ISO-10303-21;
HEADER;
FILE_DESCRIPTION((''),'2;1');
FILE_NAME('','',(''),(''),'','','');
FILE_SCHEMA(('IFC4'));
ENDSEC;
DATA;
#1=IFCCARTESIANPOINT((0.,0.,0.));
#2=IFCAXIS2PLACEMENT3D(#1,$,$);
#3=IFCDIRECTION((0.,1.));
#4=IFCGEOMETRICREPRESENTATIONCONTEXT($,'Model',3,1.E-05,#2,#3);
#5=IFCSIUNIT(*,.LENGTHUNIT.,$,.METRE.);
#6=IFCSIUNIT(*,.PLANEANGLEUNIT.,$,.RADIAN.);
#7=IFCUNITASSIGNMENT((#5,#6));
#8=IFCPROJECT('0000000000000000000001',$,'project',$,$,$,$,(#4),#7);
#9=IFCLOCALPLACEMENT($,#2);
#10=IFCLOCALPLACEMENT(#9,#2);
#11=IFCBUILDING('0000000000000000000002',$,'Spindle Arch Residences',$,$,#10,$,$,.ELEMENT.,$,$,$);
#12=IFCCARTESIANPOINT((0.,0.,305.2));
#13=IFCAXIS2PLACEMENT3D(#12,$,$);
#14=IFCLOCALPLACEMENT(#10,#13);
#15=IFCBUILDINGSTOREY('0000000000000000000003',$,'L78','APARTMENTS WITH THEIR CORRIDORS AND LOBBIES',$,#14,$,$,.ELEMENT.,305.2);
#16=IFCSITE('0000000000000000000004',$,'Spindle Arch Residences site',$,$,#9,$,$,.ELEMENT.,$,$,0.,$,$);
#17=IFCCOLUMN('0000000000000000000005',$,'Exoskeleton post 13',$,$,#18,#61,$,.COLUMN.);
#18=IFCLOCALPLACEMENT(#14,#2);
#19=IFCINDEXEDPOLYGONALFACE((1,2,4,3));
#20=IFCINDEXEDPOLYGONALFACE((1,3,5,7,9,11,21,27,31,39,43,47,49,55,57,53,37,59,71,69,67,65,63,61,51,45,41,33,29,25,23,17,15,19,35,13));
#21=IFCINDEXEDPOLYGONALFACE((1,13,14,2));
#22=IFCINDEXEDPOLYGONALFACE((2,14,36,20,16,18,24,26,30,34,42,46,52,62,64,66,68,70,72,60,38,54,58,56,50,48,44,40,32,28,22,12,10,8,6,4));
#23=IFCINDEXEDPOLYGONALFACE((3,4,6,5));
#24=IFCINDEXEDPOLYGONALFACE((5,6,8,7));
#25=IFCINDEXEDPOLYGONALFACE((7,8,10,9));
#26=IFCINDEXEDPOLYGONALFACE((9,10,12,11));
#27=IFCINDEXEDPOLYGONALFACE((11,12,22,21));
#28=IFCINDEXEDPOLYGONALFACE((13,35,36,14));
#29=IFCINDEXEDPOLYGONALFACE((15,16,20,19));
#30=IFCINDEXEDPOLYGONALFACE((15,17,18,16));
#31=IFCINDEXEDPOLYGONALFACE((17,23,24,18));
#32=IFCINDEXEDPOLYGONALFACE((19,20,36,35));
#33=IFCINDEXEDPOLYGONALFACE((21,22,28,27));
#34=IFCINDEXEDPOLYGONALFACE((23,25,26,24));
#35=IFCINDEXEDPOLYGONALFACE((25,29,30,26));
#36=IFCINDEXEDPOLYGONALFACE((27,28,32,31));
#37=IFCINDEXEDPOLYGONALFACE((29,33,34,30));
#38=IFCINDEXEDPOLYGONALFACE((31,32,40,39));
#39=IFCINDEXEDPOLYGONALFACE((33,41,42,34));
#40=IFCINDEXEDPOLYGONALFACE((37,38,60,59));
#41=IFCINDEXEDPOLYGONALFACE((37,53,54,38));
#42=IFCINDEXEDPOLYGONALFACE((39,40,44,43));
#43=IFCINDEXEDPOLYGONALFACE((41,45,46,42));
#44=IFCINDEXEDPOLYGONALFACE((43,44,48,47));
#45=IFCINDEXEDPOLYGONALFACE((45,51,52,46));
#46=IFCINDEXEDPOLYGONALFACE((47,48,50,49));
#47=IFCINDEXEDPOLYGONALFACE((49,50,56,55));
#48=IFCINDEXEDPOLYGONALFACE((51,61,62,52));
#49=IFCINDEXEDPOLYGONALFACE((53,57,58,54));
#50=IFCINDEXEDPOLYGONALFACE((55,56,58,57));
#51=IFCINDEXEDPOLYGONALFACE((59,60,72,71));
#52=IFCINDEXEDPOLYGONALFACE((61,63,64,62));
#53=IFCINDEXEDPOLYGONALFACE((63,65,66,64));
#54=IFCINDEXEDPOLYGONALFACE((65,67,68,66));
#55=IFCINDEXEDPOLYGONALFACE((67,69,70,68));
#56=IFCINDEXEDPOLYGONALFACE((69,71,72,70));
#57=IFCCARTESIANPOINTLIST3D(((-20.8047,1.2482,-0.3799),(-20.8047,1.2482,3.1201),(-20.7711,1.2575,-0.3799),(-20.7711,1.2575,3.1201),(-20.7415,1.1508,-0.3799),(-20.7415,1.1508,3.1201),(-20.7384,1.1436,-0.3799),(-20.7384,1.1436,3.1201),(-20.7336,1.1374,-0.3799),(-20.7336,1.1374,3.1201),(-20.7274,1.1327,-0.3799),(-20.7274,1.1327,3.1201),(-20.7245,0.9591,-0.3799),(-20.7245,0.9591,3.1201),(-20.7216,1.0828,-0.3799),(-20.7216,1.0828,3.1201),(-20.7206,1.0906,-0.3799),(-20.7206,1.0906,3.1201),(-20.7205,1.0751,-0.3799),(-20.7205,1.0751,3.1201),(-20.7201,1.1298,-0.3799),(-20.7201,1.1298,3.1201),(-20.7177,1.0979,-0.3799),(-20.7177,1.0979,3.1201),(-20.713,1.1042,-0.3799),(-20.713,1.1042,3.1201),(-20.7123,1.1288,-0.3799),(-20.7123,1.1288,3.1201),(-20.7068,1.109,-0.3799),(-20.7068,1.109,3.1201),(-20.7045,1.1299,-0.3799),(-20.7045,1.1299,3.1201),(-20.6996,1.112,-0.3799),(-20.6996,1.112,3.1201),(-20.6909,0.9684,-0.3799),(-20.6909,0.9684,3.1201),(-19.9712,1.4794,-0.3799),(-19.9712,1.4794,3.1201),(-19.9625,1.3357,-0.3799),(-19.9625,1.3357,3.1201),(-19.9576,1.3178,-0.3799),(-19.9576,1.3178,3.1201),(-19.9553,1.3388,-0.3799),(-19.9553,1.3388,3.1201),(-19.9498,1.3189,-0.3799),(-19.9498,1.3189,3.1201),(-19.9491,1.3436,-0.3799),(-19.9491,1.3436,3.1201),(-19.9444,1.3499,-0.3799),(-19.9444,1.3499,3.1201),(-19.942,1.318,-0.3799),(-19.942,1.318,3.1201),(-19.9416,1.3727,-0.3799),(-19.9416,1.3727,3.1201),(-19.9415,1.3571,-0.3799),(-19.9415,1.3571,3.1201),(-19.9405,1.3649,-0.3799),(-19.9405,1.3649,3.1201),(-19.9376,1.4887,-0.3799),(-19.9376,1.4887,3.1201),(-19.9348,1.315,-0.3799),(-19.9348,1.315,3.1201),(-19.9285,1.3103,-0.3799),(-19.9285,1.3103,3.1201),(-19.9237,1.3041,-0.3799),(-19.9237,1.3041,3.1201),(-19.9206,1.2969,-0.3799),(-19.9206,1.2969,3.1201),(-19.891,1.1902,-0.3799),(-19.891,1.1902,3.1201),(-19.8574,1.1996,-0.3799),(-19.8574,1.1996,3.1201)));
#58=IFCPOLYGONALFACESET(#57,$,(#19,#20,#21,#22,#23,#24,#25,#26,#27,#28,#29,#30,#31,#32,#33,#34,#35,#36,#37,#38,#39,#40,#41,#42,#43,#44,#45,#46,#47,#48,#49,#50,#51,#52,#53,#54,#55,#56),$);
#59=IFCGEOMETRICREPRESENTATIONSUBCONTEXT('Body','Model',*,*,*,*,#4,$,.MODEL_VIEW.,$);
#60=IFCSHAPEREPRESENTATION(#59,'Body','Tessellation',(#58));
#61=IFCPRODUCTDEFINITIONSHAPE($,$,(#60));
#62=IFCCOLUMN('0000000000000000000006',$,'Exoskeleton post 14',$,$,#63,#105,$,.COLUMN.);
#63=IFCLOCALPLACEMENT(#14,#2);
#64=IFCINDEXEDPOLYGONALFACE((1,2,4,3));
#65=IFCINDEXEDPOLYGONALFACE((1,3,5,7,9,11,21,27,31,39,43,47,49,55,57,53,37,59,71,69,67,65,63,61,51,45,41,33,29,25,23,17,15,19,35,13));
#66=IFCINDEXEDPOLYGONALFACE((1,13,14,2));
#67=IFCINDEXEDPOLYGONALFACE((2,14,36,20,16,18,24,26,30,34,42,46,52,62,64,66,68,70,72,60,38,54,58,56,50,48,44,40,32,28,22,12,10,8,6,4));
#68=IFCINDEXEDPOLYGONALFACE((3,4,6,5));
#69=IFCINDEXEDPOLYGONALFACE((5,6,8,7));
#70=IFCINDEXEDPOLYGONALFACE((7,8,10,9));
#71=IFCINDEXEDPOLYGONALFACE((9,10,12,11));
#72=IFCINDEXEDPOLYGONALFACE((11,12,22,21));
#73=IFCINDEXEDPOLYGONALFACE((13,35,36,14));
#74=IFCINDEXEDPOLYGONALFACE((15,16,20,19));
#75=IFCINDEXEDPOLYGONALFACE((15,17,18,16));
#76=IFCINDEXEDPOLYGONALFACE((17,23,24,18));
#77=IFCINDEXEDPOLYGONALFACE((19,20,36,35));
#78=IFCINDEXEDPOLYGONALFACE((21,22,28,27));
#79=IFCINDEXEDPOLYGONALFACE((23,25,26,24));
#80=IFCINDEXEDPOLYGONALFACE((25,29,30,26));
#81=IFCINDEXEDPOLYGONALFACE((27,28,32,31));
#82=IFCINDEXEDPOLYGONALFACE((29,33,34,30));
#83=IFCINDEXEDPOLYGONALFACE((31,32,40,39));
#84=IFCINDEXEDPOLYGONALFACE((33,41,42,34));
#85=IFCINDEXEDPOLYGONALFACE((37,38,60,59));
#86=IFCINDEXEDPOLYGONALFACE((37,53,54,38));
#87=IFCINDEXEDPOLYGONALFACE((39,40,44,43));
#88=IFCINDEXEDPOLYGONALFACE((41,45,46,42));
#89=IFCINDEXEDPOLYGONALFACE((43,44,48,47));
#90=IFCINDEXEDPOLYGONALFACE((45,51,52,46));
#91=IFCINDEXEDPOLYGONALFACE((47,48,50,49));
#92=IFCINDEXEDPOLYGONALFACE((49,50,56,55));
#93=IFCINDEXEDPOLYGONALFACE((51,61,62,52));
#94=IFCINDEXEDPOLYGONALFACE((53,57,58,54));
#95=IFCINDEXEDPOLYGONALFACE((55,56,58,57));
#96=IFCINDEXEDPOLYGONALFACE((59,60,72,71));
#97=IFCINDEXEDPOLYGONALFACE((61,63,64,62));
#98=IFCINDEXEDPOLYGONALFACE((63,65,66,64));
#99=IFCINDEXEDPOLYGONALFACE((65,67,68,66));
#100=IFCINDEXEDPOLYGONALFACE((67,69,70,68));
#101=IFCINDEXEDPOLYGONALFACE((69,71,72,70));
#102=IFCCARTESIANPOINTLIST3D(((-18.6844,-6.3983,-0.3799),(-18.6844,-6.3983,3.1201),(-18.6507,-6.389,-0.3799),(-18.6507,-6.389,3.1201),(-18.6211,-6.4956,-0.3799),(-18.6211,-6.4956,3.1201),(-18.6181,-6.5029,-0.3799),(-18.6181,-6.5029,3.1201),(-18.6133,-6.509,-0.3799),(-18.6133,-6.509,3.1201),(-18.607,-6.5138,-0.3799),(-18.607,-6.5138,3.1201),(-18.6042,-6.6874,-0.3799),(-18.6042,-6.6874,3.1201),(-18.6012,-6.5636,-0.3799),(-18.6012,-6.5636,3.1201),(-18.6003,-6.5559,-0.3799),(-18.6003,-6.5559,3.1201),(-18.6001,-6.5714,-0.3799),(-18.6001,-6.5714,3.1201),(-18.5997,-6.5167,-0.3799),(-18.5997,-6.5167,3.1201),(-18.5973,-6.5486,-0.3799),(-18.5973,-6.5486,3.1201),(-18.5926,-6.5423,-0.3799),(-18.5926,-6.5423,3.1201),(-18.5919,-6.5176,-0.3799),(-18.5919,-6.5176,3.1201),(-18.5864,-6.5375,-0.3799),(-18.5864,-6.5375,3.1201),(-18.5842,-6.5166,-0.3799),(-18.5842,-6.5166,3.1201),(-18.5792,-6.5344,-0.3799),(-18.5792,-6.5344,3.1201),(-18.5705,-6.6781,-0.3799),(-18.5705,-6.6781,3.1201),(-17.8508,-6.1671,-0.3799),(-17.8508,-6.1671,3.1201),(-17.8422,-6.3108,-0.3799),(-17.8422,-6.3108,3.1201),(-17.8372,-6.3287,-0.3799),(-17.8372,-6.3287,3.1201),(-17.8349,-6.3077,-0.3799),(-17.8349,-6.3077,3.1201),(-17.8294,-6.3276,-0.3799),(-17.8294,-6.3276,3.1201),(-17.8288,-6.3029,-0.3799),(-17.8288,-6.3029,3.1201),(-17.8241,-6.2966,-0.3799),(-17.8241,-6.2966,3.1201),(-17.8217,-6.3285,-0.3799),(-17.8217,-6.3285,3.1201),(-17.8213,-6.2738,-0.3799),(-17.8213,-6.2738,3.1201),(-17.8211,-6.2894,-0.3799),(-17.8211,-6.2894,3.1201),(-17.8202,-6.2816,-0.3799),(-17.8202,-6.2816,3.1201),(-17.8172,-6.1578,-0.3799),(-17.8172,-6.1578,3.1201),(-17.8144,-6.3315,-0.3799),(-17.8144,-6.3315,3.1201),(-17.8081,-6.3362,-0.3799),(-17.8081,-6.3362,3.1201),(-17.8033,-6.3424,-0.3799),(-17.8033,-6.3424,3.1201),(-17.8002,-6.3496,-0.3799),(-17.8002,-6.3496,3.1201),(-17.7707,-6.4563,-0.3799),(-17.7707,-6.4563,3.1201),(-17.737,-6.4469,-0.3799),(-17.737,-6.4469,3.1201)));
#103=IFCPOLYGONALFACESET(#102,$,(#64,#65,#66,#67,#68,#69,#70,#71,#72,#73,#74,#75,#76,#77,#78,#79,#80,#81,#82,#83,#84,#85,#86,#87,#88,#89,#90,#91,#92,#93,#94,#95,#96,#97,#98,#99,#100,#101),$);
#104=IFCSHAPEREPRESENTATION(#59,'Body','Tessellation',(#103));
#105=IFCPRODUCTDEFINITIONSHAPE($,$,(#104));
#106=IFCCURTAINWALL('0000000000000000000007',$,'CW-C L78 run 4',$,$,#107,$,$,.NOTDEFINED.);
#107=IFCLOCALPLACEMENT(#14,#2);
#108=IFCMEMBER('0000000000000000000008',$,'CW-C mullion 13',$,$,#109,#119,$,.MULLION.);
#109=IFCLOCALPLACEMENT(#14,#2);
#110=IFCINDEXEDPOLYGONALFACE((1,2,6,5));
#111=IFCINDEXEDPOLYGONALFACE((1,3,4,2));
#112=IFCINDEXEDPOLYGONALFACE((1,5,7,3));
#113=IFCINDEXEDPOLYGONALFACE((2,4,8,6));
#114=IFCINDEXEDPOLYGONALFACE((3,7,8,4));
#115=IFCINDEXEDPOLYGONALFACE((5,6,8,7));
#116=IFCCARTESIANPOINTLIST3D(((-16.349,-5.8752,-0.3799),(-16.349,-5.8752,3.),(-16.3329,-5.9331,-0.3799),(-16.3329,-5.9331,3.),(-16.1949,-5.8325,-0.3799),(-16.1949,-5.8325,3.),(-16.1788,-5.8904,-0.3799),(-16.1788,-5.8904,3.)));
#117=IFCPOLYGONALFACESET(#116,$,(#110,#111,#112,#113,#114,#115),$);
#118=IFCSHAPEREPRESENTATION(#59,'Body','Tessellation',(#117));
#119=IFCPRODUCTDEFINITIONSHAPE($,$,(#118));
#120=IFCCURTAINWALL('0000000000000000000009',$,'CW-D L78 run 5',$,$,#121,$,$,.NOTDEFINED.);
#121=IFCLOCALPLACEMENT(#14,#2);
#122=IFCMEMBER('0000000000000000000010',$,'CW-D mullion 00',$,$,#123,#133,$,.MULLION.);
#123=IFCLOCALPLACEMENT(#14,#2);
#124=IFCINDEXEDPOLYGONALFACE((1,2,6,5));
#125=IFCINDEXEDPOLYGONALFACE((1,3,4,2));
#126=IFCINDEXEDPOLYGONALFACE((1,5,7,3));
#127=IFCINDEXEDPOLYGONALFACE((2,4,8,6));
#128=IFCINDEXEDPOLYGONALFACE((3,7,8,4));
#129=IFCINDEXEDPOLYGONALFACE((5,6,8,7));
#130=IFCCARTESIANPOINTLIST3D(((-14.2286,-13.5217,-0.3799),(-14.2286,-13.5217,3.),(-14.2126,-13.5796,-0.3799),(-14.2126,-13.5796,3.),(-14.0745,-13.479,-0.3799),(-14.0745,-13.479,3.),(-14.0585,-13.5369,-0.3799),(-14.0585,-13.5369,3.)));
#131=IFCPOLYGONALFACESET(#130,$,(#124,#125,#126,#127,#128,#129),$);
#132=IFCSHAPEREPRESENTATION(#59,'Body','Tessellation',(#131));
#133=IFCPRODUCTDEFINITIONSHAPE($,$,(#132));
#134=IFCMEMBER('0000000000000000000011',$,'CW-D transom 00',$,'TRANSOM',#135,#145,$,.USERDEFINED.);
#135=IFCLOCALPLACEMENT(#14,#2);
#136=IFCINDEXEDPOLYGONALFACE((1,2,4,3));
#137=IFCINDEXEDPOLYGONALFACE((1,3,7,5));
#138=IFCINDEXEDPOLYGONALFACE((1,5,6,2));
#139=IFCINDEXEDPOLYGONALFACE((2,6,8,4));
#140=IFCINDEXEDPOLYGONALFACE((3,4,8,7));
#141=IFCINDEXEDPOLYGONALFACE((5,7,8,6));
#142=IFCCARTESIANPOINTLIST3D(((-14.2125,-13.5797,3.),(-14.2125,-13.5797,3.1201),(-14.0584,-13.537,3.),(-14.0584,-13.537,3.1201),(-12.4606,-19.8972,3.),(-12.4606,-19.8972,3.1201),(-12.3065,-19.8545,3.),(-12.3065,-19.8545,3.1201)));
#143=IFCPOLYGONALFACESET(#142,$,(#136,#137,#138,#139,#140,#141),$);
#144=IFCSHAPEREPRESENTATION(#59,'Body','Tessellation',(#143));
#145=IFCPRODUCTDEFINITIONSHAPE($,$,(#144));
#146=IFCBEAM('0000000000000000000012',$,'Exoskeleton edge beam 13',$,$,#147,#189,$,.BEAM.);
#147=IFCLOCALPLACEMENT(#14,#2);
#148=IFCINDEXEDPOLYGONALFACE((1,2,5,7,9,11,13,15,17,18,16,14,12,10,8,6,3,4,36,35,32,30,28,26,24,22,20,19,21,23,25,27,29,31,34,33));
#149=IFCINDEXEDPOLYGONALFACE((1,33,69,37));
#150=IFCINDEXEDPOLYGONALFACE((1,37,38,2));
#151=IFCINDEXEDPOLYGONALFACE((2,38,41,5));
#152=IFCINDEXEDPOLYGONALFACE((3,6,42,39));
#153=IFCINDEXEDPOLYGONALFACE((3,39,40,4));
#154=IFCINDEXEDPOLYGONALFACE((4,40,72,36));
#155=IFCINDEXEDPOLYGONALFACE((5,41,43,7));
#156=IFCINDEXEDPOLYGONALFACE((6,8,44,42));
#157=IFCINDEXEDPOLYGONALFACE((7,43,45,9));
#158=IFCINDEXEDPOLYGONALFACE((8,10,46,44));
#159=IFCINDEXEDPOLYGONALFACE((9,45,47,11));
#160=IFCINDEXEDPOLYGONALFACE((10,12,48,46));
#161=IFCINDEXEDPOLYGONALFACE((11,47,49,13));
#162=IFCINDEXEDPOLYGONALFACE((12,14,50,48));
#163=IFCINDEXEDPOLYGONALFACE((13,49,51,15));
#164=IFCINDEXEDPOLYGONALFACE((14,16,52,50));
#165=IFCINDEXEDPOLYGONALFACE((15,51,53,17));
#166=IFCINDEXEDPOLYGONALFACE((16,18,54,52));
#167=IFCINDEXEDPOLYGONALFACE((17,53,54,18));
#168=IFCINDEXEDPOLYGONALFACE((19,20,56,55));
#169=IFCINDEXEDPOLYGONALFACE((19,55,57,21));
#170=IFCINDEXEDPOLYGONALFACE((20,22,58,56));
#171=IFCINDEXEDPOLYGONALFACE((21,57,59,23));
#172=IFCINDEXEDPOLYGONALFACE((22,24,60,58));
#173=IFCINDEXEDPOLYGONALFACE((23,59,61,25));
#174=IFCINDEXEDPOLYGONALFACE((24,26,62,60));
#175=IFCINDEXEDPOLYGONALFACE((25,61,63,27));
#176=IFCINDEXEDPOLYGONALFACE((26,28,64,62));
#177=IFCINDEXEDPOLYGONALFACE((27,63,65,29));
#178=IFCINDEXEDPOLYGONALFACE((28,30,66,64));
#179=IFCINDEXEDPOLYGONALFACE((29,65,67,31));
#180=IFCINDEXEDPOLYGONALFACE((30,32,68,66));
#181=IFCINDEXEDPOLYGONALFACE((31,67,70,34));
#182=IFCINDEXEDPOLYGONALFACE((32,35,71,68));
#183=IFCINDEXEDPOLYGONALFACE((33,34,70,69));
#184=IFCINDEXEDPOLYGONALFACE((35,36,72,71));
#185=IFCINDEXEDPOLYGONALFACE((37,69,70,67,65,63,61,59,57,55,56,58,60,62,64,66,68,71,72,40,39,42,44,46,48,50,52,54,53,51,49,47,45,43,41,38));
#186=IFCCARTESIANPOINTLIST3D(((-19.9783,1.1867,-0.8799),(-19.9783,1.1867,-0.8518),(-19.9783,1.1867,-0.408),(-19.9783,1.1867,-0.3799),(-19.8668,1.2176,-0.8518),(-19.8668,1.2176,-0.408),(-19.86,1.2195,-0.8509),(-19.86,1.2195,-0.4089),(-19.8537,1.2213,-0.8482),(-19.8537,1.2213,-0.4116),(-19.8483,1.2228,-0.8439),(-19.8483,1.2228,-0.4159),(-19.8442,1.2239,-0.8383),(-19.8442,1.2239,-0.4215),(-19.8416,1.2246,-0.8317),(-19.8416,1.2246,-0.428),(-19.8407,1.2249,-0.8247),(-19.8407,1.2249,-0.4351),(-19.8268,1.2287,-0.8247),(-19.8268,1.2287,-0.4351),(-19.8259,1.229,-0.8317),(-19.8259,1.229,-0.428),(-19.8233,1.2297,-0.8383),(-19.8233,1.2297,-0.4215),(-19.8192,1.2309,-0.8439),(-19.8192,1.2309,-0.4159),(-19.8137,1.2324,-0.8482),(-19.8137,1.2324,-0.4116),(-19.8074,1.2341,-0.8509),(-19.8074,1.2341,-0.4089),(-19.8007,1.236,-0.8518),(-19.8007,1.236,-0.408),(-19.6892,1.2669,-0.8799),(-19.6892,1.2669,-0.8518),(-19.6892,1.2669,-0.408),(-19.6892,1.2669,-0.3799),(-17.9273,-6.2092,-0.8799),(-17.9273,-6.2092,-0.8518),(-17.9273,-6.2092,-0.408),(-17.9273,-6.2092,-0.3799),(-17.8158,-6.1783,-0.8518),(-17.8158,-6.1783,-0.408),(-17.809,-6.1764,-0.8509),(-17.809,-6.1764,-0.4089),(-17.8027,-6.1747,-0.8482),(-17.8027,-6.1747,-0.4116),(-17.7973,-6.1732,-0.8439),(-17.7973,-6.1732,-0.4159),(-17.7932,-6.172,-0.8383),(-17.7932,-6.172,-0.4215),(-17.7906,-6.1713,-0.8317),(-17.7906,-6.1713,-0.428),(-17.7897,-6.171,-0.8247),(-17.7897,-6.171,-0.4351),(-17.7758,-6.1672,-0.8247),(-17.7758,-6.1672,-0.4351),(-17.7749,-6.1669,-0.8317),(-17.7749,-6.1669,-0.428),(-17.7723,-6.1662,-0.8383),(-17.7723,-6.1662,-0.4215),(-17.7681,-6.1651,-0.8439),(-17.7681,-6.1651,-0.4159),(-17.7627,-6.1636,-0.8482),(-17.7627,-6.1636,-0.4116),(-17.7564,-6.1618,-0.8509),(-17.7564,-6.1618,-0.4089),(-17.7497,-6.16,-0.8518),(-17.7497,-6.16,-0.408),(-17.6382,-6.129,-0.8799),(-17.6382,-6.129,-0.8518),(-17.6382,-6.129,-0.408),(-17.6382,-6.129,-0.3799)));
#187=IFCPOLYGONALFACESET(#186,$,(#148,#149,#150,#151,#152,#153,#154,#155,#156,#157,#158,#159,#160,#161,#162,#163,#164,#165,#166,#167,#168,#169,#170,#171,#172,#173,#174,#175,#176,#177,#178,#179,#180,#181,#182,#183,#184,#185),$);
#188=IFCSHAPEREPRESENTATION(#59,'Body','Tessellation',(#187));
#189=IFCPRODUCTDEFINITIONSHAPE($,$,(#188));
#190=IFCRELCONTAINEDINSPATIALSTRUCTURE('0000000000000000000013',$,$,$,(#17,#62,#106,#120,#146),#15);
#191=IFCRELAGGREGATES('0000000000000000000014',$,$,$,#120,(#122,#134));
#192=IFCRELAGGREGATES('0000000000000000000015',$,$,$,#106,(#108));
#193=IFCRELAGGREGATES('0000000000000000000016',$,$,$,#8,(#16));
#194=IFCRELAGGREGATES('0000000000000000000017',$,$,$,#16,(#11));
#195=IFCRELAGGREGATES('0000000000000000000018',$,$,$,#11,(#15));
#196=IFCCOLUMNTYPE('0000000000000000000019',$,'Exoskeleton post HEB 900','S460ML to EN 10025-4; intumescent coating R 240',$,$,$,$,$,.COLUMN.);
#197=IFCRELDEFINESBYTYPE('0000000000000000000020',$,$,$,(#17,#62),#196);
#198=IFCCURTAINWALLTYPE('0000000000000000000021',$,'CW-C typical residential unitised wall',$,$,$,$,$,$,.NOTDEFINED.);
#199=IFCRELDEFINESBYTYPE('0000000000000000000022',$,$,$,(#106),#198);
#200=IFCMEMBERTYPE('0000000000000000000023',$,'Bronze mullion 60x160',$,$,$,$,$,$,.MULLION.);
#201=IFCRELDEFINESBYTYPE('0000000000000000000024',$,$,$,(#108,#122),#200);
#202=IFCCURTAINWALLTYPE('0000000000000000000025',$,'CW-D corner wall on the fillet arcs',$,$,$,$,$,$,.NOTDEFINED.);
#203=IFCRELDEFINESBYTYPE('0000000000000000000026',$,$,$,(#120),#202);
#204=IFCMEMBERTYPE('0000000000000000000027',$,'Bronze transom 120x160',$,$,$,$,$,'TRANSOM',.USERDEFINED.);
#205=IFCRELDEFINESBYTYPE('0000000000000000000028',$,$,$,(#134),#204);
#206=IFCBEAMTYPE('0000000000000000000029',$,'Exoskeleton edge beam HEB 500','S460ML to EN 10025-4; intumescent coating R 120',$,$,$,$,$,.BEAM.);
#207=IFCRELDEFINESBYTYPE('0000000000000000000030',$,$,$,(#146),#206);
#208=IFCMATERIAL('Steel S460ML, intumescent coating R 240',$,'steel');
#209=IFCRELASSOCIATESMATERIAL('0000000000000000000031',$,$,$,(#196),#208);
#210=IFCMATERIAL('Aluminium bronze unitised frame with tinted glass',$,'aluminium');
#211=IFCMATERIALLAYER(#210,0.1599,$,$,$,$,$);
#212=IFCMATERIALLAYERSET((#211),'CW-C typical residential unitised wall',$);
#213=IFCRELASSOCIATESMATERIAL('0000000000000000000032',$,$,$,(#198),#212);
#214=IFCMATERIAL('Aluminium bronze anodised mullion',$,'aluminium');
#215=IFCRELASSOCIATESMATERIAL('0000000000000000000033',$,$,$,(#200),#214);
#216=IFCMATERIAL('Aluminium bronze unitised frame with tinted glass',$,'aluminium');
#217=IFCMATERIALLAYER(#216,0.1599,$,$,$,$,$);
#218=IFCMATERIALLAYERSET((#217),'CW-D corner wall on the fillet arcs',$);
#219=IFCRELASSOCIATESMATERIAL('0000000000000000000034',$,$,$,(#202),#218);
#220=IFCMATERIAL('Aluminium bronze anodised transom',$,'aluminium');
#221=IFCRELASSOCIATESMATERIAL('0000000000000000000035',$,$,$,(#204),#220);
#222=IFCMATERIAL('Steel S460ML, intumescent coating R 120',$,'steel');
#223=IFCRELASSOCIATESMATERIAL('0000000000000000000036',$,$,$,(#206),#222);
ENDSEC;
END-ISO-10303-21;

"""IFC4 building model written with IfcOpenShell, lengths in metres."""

from ifc_helpers import new_model, si_unit, direction, frame, origin, origin_2d, place, context, subcontext, project, spatial, rectangle, i_section, extrude, material, layer, layer_set, material_profile, profile_set, type_object, element, aggregate, save


model = new_model("IFC4")

# Units and contexts
model_context = context("Model", 3, precision=1e-05, world=origin(), true_north=direction((0.0, 1.0)))
body_context = subcontext(model_context, "Body", "Model", "MODEL_VIEW")
ifc_project = project(units=[si_unit("LENGTHUNIT", "METRE"), si_unit("PLANEANGLEUNIT", "RADIAN")], contexts=[model_context])

# Site, building, storey
site_placement = place(None, origin())
site = spatial("IfcSite", under=ifc_project, at=site_placement, Name="Spindle Arch Residences site", CompositionType="ELEMENT", RefElevation=0.0)
building_placement = place(site_placement, origin())
building = spatial("IfcBuilding", under=site, at=building_placement, Name="Spindle Arch Residences", CompositionType="ELEMENT")
storey_placement = place(building_placement, frame((0.0, 0.0, 305.2)))
storey = spatial("IfcBuildingStorey", under=building, at=storey_placement, Name="L78", Description="APARTMENTS WITH THEIR CORRIDORS AND LOBBIES", CompositionType="ELEMENT", Elevation=305.2)

# Columns
ifc_material_1 = material(Name="Steel S460ML, intumescent coating R 240", Category="steel")
ifc_material_profile_1 = material_profile(ifc_material_1, i_section(OverallWidth=0.3, OverallDepth=0.8999, WebThickness=0.0186, FlangeThickness=0.0349, FilletRadius=0.03, at=origin_2d()), Name="HEB 900")
ifc_profile_set_1 = profile_set([ifc_material_profile_1], Name="Steel S460ML, intumescent coating R 240")
column_type = type_object("IfcColumnType", Name="Exoskeleton post HEB 900", Description="S460ML to EN 10025-4; intumescent coating R 240", PredefinedType="COLUMN", material=ifc_profile_set_1)
for number, where, z_axis, x_axis, name in (
    (1, (-20.3311, 1.2239, -0.3799), (0.0, 0.0, 1.0), (-0.267238, 0.963631, 0.0), "Exoskeleton post 13"),
    (2, (-18.2107, -6.4226, -0.3799), (0.0, 0.0, 1.0), (-0.267238, 0.963631, 0.0), "Exoskeleton post 14"),
):
    element("IfcColumn", number, at=place(storey_placement, frame(where, z_axis=z_axis, x_axis=x_axis)), inside=storey, type_object=column_type, Name=name, PredefinedType="COLUMN", context=body_context, shape_type="SweptSolid", body=[
        extrude(i_section(OverallWidth=0.3, OverallDepth=0.8999, WebThickness=0.0186, FlangeThickness=0.0349, FilletRadius=0.03, at=origin_2d()), origin(), (0.0, 0.0, 1.0), 3.5),
    ])

# Curtain wall, member
ifc_material_2 = material(Name="Aluminium bronze unitised frame with tinted glass", Category="aluminium")
ifc_layer_1 = layer(ifc_material_2, 0.1599)
ifc_layer_set_1 = layer_set([ifc_layer_1], Name="CW-C typical residential unitised wall")
curtain_wall_type_1 = type_object("IfcCurtainWallType", Name="CW-C typical residential unitised wall", PredefinedType="NOTDEFINED", material=ifc_layer_set_1)
curtain_wall_1_placement = place(storey_placement, origin())
curtain_wall_1 = element("IfcCurtainWall", 3, at=curtain_wall_1_placement, inside=storey, type_object=curtain_wall_type_1, Name="CW-C L78 run 4", PredefinedType="NOTDEFINED")
ifc_material_3 = material(Name="Aluminium bronze anodised mullion", Category="aluminium")
ifc_material_profile_2 = material_profile(ifc_material_3, rectangle(XDim=0.1599, YDim=0.0601, at=origin_2d()), Name="MU 60x160")
ifc_profile_set_2 = profile_set([ifc_material_profile_2], Name="Aluminium bronze anodised mullion")
member_type_1 = type_object("IfcMemberType", Name="Bronze mullion 60x160", PredefinedType="MULLION", material=ifc_profile_set_2)
member_1_placement = place(storey_placement, frame((-16.2639, -5.8828, -0.3799), z_axis=(0.0, 0.0, 1.0), x_axis=(0.96363, 0.267238, 0.0)))
member_1 = element("IfcMember", 4, at=member_1_placement, type_object=member_type_1, Name="CW-C mullion 13", PredefinedType="MULLION", context=body_context, shape_type="SweptSolid", body=[
    extrude(rectangle(XDim=0.1599, YDim=0.0601, at=origin_2d()), origin(), (0.0, 0.0, 1.0), 3.3799),
])

# Curtain wall, members
ifc_material_4 = material(Name="Aluminium bronze unitised frame with tinted glass", Category="aluminium")
ifc_layer_2 = layer(ifc_material_4, 0.1599)
ifc_layer_set_2 = layer_set([ifc_layer_2], Name="CW-D corner wall on the fillet arcs")
curtain_wall_type_2 = type_object("IfcCurtainWallType", Name="CW-D corner wall on the fillet arcs", PredefinedType="NOTDEFINED", material=ifc_layer_set_2)
curtain_wall_2_placement = place(storey_placement, origin())
curtain_wall_2 = element("IfcCurtainWall", 5, at=curtain_wall_2_placement, inside=storey, type_object=curtain_wall_type_2, Name="CW-D L78 run 5", PredefinedType="NOTDEFINED")
member_2_placement = place(storey_placement, frame((-14.1436, -13.5293, -0.3799), z_axis=(0.0, 0.0, 1.0), x_axis=(0.96363, 0.267238, 0.0)))
member_2 = element("IfcMember", 6, at=member_2_placement, type_object=member_type_1, Name="CW-D mullion 00", PredefinedType="MULLION", context=body_context, shape_type="SweptSolid", body=[
    extrude(rectangle(XDim=0.1599, YDim=0.0601, at=origin_2d()), origin(), (0.0, 0.0, 1.0), 3.3799),
])
ifc_material_5 = material(Name="Aluminium bronze anodised transom", Category="aluminium")
ifc_material_profile_3 = material_profile(ifc_material_5, rectangle(XDim=0.1599, YDim=0.1201, at=origin_2d()), Name="TR 120x160")
ifc_profile_set_3 = profile_set([ifc_material_profile_3], Name="Aluminium bronze anodised transom")
member_type_2 = type_object("IfcMemberType", Name="Bronze transom 120x160", ElementType="TRANSOM", PredefinedType="USERDEFINED", material=ifc_profile_set_3)
member_3_placement = place(storey_placement, frame((-14.1355, -13.5583, 3.0601), z_axis=(0.267237, -0.963631, 0.0), x_axis=(0.963631, 0.267237, 0.0)))
member_3 = element("IfcMember", 7, at=member_3_placement, type_object=member_type_2, Name="CW-D transom 00", ObjectType="TRANSOM", PredefinedType="USERDEFINED", context=body_context, shape_type="SweptSolid", body=[
    extrude(rectangle(XDim=0.1599, YDim=0.1201, at=origin_2d()), origin(), (0.0, 0.0, 1.0), 6.5559),
])
aggregate(curtain_wall_2, [member_2, member_3])

# Beam
ifc_material_6 = material(Name="Steel S460ML, intumescent coating R 120", Category="steel")
ifc_material_profile_4 = material_profile(ifc_material_6, i_section(OverallWidth=0.3, OverallDepth=0.5, WebThickness=0.0144, FlangeThickness=0.0281, FilletRadius=0.0271, at=origin_2d()), Name="HEB 500")
ifc_profile_set_4 = profile_set([ifc_material_profile_4], Name="Steel S460ML, intumescent coating R 120")
beam_type_1 = type_object("IfcBeamType", Name="Exoskeleton edge beam HEB 500", Description="S460ML to EN 10025-4; intumescent coating R 120", PredefinedType="BEAM", material=ifc_profile_set_4)
beam_1_placement = place(storey_placement, frame((-19.8337, 1.2268, -0.6299), z_axis=(0.26723, -0.963633, 0.0), x_axis=(0.963633, 0.26723, 0.0)))
element("IfcBeam", 8, at=beam_1_placement, inside=storey, type_object=beam_type_1, Name="Exoskeleton edge beam 13", PredefinedType="BEAM", context=body_context, shape_type="SweptSolid", body=[
    extrude(i_section(OverallWidth=0.3, OverallDepth=0.5, WebThickness=0.0144, FlangeThickness=0.0281, FilletRadius=0.0271, at=origin_2d()), origin(), (0.0, 0.0, 1.0), 7.675),
])

aggregate(curtain_wall_1, [member_1])

save(model, "model.ifc")
